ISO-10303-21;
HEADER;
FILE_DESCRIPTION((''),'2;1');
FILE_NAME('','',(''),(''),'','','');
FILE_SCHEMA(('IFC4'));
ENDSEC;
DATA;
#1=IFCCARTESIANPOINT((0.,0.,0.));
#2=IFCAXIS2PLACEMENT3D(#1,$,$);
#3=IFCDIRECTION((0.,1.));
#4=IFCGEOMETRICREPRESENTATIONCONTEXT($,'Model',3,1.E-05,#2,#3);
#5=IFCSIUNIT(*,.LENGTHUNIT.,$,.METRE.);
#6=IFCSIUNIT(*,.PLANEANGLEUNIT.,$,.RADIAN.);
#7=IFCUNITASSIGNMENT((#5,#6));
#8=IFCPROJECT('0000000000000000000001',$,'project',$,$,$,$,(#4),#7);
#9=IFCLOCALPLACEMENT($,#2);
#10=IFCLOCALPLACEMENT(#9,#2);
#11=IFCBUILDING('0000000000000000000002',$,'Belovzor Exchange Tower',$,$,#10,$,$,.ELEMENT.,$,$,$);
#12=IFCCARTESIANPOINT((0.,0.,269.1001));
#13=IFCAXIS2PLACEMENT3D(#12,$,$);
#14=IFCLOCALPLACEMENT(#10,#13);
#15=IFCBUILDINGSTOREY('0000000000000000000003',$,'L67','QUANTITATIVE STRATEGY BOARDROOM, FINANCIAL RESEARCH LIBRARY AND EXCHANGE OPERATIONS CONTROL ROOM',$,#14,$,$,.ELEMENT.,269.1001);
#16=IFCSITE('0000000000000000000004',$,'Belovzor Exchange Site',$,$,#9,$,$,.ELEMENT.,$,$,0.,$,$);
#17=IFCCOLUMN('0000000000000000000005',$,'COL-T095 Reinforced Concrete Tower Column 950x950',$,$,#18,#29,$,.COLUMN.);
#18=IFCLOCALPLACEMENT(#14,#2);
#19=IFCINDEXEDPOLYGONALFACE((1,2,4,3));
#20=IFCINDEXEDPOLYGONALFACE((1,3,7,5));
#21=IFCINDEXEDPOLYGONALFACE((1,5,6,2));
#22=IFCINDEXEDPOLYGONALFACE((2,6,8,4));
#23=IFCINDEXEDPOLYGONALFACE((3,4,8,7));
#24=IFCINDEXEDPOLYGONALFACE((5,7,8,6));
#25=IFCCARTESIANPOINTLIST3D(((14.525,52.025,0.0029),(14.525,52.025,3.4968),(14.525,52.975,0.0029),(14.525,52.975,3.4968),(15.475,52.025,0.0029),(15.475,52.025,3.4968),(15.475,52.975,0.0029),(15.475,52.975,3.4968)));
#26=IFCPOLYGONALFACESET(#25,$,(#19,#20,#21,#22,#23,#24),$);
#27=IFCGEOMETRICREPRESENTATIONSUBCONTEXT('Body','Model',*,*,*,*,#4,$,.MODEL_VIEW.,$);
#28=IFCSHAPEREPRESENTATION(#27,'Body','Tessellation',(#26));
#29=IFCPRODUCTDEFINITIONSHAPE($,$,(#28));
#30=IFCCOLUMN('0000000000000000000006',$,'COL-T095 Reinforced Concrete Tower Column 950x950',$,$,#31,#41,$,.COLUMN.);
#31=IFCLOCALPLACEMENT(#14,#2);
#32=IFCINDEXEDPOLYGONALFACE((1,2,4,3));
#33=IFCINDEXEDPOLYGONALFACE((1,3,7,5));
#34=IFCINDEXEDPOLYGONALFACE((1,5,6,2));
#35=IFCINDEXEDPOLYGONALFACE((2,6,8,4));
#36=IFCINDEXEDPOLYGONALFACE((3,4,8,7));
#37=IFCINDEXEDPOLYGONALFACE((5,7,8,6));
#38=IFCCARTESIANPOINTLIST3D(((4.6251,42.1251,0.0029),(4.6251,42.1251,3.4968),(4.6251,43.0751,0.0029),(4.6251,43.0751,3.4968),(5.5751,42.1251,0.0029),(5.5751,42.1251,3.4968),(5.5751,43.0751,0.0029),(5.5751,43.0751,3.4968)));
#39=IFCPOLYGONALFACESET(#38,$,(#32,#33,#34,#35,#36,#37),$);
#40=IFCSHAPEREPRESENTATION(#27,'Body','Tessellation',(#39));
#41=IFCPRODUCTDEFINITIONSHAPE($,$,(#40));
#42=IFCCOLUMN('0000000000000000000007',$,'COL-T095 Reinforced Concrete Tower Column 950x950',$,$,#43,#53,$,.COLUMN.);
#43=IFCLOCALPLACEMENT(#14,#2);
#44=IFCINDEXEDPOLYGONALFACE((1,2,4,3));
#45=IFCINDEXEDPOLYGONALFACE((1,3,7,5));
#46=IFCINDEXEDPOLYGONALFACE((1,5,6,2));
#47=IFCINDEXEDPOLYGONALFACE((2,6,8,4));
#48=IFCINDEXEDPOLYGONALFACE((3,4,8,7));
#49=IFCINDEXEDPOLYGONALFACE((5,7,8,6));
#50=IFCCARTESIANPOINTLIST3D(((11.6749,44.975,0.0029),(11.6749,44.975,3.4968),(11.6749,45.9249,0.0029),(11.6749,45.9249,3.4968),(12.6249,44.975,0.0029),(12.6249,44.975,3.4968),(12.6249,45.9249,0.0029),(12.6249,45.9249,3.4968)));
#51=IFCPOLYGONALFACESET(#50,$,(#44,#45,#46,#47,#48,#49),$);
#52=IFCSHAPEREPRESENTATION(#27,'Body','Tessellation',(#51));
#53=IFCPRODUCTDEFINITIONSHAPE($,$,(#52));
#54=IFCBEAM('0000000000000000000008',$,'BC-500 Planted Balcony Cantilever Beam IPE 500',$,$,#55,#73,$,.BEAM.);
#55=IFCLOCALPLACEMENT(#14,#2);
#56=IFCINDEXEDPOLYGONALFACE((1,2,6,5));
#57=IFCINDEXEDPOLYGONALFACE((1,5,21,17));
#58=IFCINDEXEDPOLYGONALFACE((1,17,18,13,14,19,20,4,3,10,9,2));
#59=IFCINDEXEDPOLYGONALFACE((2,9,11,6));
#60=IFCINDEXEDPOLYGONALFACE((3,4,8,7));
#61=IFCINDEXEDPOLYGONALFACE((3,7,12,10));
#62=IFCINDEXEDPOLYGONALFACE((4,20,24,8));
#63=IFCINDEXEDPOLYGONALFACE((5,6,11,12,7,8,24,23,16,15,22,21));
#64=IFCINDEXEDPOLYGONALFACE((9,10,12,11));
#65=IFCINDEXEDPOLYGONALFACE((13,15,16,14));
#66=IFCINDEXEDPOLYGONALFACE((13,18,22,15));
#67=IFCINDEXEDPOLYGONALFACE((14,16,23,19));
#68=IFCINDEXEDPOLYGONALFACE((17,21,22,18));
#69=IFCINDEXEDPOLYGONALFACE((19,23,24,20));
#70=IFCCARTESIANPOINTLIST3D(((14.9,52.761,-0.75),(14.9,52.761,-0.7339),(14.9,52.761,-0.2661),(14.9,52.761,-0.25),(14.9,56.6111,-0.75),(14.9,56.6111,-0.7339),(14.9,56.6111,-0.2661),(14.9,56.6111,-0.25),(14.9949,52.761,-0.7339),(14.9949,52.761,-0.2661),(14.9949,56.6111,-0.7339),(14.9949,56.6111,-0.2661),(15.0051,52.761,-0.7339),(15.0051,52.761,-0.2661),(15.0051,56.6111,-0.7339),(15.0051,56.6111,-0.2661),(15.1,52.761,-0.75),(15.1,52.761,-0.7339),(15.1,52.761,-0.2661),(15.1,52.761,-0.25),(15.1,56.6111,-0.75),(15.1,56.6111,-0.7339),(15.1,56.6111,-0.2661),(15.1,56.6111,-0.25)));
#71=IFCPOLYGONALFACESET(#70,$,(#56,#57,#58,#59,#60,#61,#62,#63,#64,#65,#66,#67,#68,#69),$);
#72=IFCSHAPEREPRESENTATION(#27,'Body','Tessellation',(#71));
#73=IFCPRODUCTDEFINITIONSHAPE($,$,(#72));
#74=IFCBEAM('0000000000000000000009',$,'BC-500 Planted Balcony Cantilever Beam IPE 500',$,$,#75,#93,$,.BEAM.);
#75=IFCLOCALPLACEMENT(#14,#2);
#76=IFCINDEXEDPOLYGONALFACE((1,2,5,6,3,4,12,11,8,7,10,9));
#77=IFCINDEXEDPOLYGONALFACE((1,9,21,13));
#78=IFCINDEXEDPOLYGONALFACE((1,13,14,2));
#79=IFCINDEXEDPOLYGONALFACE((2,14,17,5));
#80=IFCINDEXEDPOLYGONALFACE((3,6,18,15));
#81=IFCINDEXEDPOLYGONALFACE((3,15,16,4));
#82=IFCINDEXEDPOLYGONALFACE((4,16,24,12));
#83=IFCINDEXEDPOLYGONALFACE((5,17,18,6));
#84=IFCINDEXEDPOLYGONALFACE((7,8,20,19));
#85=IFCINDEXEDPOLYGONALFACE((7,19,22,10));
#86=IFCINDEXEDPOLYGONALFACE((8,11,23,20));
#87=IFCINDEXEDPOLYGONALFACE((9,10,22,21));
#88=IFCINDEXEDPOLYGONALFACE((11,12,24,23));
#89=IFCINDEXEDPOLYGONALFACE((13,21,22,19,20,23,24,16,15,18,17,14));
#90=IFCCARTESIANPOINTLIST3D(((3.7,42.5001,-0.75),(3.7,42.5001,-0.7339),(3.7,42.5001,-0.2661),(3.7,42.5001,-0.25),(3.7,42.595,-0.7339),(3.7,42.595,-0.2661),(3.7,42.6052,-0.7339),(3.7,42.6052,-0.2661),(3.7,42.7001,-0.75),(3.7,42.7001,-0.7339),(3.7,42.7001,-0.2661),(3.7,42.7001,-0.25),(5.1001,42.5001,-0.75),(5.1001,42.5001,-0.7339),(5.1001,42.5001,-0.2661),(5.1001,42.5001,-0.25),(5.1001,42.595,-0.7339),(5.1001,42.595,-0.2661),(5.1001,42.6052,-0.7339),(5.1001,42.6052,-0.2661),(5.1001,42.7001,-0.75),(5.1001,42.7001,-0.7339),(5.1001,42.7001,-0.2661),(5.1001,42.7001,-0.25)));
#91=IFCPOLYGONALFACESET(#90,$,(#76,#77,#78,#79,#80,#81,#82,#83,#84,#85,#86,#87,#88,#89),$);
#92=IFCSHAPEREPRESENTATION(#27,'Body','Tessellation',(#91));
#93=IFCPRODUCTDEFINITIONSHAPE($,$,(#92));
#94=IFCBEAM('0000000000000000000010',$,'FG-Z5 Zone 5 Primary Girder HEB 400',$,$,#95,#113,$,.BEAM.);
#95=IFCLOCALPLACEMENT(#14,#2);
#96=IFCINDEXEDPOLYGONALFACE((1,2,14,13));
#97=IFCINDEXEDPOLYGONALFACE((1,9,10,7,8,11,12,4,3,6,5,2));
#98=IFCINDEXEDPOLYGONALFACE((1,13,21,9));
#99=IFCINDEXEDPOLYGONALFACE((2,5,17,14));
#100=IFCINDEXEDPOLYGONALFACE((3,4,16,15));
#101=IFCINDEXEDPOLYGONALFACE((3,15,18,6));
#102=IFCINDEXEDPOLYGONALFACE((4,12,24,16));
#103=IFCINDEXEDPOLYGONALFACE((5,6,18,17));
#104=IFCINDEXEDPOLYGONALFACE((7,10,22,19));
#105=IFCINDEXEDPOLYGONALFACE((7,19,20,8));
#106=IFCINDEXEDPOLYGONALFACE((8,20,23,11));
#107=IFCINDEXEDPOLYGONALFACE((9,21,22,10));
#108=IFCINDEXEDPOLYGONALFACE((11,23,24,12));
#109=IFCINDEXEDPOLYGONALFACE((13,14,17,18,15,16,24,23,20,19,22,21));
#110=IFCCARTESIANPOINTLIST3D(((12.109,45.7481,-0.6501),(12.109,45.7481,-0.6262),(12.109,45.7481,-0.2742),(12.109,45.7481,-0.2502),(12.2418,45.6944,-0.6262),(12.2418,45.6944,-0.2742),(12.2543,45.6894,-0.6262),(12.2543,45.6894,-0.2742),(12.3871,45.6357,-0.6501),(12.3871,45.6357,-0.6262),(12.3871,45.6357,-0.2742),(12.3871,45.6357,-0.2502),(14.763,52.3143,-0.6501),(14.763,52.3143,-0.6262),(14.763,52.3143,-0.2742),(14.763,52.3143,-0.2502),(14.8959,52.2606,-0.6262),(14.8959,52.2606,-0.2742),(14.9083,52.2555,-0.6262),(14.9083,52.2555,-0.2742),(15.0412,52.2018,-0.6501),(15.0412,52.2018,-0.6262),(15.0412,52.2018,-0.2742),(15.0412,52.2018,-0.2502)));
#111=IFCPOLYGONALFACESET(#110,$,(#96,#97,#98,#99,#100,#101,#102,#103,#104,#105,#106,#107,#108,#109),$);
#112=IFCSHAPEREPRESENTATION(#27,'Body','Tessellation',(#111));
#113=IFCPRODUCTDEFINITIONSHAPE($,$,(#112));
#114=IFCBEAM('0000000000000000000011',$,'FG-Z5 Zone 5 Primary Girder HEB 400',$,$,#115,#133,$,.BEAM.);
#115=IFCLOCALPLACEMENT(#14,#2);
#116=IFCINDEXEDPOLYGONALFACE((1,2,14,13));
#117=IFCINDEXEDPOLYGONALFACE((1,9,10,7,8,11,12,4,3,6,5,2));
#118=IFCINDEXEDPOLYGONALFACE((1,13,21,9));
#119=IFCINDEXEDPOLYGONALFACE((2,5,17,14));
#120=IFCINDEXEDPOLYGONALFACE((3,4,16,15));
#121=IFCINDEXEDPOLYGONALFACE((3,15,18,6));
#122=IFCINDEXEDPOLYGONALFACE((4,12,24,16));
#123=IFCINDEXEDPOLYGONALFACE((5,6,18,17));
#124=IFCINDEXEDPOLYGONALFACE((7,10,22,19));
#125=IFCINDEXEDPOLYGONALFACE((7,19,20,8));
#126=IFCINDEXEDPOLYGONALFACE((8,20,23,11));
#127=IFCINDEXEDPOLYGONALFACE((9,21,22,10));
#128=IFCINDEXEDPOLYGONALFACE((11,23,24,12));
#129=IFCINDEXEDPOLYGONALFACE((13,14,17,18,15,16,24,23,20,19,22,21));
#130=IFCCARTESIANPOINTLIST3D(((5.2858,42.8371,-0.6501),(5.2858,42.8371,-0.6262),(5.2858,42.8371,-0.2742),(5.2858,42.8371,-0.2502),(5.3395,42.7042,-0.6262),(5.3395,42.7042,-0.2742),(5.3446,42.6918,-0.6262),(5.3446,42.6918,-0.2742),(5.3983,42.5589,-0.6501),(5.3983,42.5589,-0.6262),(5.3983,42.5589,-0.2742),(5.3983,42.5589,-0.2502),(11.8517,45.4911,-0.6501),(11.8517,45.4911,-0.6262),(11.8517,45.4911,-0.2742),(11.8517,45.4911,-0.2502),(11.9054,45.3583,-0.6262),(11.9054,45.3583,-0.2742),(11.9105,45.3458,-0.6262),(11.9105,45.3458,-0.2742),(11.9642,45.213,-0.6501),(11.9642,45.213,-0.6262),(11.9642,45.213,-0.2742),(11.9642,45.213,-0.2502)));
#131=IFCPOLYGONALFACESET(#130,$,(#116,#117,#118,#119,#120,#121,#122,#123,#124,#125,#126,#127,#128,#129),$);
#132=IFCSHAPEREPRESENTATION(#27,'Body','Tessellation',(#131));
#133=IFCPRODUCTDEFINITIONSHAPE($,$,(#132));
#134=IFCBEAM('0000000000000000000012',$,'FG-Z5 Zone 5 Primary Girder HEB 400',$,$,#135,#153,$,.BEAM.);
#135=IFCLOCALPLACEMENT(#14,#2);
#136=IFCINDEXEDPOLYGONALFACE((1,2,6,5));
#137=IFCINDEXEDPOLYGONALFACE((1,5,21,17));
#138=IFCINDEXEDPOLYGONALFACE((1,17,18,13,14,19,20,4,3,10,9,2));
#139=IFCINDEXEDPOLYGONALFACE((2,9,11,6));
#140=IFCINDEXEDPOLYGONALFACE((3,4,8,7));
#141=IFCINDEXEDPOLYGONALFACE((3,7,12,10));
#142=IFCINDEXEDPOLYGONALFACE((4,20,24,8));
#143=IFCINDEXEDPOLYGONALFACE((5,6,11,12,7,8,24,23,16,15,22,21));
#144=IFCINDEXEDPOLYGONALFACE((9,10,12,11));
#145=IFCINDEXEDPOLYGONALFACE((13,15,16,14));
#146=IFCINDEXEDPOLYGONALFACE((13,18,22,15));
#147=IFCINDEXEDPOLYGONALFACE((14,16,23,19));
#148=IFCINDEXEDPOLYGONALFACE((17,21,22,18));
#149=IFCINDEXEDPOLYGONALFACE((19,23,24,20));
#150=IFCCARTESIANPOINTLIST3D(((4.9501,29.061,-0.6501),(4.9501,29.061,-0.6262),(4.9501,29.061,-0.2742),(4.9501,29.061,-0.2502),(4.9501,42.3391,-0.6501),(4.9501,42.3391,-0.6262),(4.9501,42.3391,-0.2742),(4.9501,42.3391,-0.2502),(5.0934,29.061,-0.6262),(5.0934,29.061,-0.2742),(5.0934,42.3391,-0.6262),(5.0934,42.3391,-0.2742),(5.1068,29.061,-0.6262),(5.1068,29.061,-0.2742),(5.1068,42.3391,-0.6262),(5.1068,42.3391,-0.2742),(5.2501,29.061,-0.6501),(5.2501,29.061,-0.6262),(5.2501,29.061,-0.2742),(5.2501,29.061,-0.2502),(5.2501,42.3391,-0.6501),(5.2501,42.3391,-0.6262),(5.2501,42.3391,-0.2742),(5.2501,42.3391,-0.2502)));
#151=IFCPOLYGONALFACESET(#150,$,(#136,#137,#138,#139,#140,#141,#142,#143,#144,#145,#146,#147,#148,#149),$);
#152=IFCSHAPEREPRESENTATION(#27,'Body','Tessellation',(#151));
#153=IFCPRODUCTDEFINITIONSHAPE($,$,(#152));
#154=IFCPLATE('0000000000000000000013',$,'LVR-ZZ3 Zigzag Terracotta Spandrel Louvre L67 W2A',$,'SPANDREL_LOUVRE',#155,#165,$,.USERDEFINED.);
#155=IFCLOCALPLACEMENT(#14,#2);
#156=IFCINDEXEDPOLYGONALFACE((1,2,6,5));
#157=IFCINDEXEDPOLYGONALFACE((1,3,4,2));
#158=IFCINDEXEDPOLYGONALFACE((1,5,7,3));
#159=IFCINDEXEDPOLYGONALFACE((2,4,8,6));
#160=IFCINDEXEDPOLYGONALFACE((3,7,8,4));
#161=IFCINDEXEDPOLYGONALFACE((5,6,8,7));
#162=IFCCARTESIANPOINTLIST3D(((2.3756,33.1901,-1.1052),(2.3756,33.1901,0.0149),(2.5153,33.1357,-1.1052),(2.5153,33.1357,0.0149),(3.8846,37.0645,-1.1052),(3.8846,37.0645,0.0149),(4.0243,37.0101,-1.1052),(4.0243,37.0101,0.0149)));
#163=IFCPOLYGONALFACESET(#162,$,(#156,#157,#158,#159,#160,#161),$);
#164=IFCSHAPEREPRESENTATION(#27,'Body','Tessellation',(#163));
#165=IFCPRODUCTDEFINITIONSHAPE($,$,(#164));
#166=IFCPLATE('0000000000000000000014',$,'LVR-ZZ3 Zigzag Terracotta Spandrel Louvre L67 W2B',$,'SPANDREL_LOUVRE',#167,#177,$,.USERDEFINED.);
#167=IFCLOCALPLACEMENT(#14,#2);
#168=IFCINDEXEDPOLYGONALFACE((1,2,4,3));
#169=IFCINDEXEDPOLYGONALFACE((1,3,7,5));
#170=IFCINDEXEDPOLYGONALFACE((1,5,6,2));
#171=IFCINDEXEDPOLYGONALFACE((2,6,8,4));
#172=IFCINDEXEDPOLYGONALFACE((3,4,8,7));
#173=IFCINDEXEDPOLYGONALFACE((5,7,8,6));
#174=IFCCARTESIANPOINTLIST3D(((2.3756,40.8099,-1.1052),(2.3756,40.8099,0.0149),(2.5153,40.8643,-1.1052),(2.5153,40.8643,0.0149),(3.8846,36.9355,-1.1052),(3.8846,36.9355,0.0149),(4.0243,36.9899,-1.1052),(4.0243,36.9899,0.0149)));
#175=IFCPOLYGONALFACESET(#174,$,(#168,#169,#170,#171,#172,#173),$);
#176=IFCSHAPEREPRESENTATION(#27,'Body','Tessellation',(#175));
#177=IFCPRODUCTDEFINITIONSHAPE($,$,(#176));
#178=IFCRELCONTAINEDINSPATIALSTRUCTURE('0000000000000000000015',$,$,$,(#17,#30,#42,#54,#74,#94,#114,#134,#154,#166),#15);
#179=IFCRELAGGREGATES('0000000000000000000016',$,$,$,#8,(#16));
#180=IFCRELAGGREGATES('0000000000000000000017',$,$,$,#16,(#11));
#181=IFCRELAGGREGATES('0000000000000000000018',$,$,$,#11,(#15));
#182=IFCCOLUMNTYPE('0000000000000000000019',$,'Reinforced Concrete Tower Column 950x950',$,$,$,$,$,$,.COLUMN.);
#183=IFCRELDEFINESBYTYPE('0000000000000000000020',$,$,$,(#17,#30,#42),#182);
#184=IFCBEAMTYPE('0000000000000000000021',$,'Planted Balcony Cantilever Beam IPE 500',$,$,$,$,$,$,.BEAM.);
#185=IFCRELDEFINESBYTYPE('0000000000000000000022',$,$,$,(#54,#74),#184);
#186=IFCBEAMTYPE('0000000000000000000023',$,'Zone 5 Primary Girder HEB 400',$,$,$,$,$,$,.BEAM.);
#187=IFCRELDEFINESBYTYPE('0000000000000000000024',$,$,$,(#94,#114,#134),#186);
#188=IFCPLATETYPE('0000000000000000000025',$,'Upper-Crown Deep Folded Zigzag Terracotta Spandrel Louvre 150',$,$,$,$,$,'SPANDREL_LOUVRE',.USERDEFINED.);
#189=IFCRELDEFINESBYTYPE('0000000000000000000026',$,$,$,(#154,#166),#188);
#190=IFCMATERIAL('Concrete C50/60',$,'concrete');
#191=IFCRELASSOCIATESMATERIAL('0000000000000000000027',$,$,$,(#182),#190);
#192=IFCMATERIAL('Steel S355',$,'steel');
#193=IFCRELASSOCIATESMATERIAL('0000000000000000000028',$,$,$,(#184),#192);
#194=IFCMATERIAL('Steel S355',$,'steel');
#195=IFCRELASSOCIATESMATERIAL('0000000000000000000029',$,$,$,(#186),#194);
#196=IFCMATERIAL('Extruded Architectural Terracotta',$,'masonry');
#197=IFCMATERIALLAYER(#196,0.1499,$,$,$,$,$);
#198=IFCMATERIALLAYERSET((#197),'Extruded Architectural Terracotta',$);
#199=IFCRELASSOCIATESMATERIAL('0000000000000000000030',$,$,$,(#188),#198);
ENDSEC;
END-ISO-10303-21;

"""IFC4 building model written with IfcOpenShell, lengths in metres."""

from ifc_helpers import new_model, si_unit, direction, frame, origin, origin_2d, place, context, subcontext, project, spatial, rectangle, i_section, extrude, material, layer, layer_set, material_profile, profile_set, type_object, element, save


model = new_model("IFC4")

# Units and contexts
model_context = context("Model", 3, precision=1e-05, world=origin(), true_north=direction((0.0, 1.0)))
body_context = subcontext(model_context, "Body", "Model", "MODEL_VIEW")
ifc_project = project(units=[si_unit("LENGTHUNIT", "METRE"), si_unit("PLANEANGLEUNIT", "RADIAN")], contexts=[model_context])

# Site, building, storey
site_placement = place(None, origin())
site = spatial("IfcSite", under=ifc_project, at=site_placement, Name="Belovzor Exchange Site", CompositionType="ELEMENT", RefElevation=0.0)
building_placement = place(site_placement, origin())
building = spatial("IfcBuilding", under=site, at=building_placement, Name="Belovzor Exchange Tower", CompositionType="ELEMENT")
storey_placement = place(building_placement, frame((0.0, 0.0, 269.1001)))
storey = spatial("IfcBuildingStorey", under=building, at=storey_placement, Name="L67", Description="QUANTITATIVE STRATEGY BOARDROOM, FINANCIAL RESEARCH LIBRARY AND EXCHANGE OPERATIONS CONTROL ROOM", CompositionType="ELEMENT", Elevation=269.1001)

# Columns
ifc_material_1 = material(Name="Concrete C50/60", Category="concrete")
ifc_material_profile_1 = material_profile(ifc_material_1, rectangle(XDim=0.95, YDim=0.95, at=origin_2d()))
ifc_profile_set_1 = profile_set([ifc_material_profile_1], Name="Concrete C50/60")
column_type = type_object("IfcColumnType", Name="Reinforced Concrete Tower Column 950x950", PredefinedType="COLUMN", material=ifc_profile_set_1)
for number, where, z_axis, x_axis, name in (
    (1, (15.0, 52.5, 0.0029), (0.0, 0.0, 1.0), (1.0, 0.0, 0.0), "COL-T095 Reinforced Concrete Tower Column 950x950"),
    (2, (5.1001, 42.6001, 0.0029), (0.0, 0.0, 1.0), (1.0, 0.0, 0.0), "COL-T095 Reinforced Concrete Tower Column 950x950"),
    (3, (12.1499, 45.45, 0.0029), (0.0, 0.0, 1.0), (1.0, 0.0, 0.0), "COL-T095 Reinforced Concrete Tower Column 950x950"),
):
    element("IfcColumn", number, at=place(storey_placement, frame(where, z_axis=z_axis, x_axis=x_axis)), inside=storey, type_object=column_type, Name=name, PredefinedType="COLUMN", context=body_context, shape_type="SweptSolid", body=[
        extrude(rectangle(XDim=0.95, YDim=0.95, at=origin_2d()), origin(), (0.0, 0.0, 1.0), 3.4939),
    ])

# Beams
ifc_material_2 = material(Name="Steel S355", Category="steel")
ifc_material_profile_2 = material_profile(ifc_material_2, i_section(OverallWidth=0.2, OverallDepth=0.5, WebThickness=0.0103, FlangeThickness=0.0161, at=origin_2d()))
ifc_profile_set_2 = profile_set([ifc_material_profile_2], Name="Steel S355")
beam_type_1 = type_object("IfcBeamType", Name="Planted Balcony Cantilever Beam IPE 500", PredefinedType="BEAM", material=ifc_profile_set_2)
beam_1_placement = place(storey_placement, frame((15.0, 52.761, -0.5), z_axis=(0.0, 1.0, 0.0), x_axis=(-1.0, 0.0, 0.0)))
element("IfcBeam", 4, at=beam_1_placement, inside=storey, type_object=beam_type_1, Name="BC-500 Planted Balcony Cantilever Beam IPE 500", PredefinedType="BEAM", context=body_context, shape_type="SweptSolid", body=[
    extrude(i_section(OverallWidth=0.2, OverallDepth=0.5, WebThickness=0.0103, FlangeThickness=0.0161, at=origin_2d()), origin(), (0.0, 0.0, 1.0), 3.8501),
])
beam_2_placement = place(storey_placement, frame((5.1001, 42.6001, -0.5), z_axis=(-1.0, 0.0, 0.0), x_axis=(0.0, -1.0, 0.0)))
element("IfcBeam", 5, at=beam_2_placement, inside=storey, type_object=beam_type_1, Name="BC-500 Planted Balcony Cantilever Beam IPE 500", PredefinedType="BEAM", context=body_context, shape_type="SweptSolid", body=[
    extrude(i_section(OverallWidth=0.2, OverallDepth=0.5, WebThickness=0.0103, FlangeThickness=0.0161, at=origin_2d()), origin(), (0.0, 0.0, 1.0), 1.4001),
])
ifc_material_3 = material(Name="Steel S355", Category="steel")
ifc_material_profile_3 = material_profile(ifc_material_3, i_section(OverallWidth=0.3, OverallDepth=0.3999, WebThickness=0.0134, FlangeThickness=0.0239, at=origin_2d()))
ifc_profile_set_3 = profile_set([ifc_material_profile_3], Name="Steel S355")
beam_type_2 = type_object("IfcBeamType", Name="Zone 5 Primary Girder HEB 400", PredefinedType="BEAM", material=ifc_profile_set_3)
beam_3_placement = place(storey_placement, frame((14.9021, 52.2581, -0.4502), z_axis=(-0.374746, -0.927127, 0.0), x_axis=(0.927127, -0.374746, 0.0)))
element("IfcBeam", 6, at=beam_3_placement, inside=storey, type_object=beam_type_2, Name="FG-Z5 Zone 5 Primary Girder HEB 400", PredefinedType="BEAM", context=body_context, shape_type="SweptSolid", body=[
    extrude(i_section(OverallWidth=0.3, OverallDepth=0.3999, WebThickness=0.0134, FlangeThickness=0.0239, at=origin_2d()), origin(), (0.0, 0.0, 1.0), 7.0823),
])
beam_4_placement = place(storey_placement, frame((11.908, 45.3521, -0.4502), z_axis=(-0.927123, -0.374758, 0.0), x_axis=(0.374758, -0.927123, 0.0)))
element("IfcBeam", 7, at=beam_4_placement, inside=storey, type_object=beam_type_2, Name="FG-Z5 Zone 5 Primary Girder HEB 400", PredefinedType="BEAM", context=body_context, shape_type="SweptSolid", body=[
    extrude(i_section(OverallWidth=0.3, OverallDepth=0.3999, WebThickness=0.0134, FlangeThickness=0.0239, at=origin_2d()), origin(), (0.0, 0.0, 1.0), 7.082),
])
beam_5_placement = place(storey_placement, frame((5.1001, 42.3391, -0.4502), z_axis=(0.0, -1.0, 0.0), x_axis=(1.0, 0.0, 0.0)))
element("IfcBeam", 8, at=beam_5_placement, inside=storey, type_object=beam_type_2, Name="FG-Z5 Zone 5 Primary Girder HEB 400", PredefinedType="BEAM", context=body_context, shape_type="SweptSolid", body=[
    extrude(i_section(OverallWidth=0.3, OverallDepth=0.3999, WebThickness=0.0134, FlangeThickness=0.0239, at=origin_2d()), origin(), (0.0, 0.0, 1.0), 13.2781),
])

# Plates
ifc_material_4 = material(Name="Extruded Architectural Terracotta", Category="masonry")
ifc_layer_1 = layer(ifc_material_4, 0.1499)
ifc_layer_set_1 = layer_set([ifc_layer_1], Name="Extruded Architectural Terracotta")
plate_type = type_object("IfcPlateType", Name="Upper-Crown Deep Folded Zigzag Terracotta Spandrel Louvre 150", ElementType="SPANDREL_LOUVRE", PredefinedType="USERDEFINED", material=ifc_layer_set_1)
for number, where, z_axis, x_axis, name in (
    (9, (3.2, 35.1001, -1.1052), (0.0, 0.0, 1.0), (0.362926, 0.931818, 0.0), "LVR-ZZ3 Zigzag Terracotta Spandrel Louvre L67 W2A"),
    (10, (3.2, 38.8999, -1.1052), (0.0, 0.0, 1.0), (-0.362926, 0.931818, 0.0), "LVR-ZZ3 Zigzag Terracotta Spandrel Louvre L67 W2B"),
):
    element("IfcPlate", number, at=place(storey_placement, frame(where, z_axis=z_axis, x_axis=x_axis)), inside=storey, type_object=plate_type, Name=name, ObjectType="SPANDREL_LOUVRE", PredefinedType="USERDEFINED", context=body_context, shape_type="SweptSolid", body=[
        extrude(rectangle(XDim=4.158, YDim=0.1499, at=origin_2d()), origin(), (0.0, 0.0, 1.0), 1.1201),
    ])

save(model, "model.ifc")
